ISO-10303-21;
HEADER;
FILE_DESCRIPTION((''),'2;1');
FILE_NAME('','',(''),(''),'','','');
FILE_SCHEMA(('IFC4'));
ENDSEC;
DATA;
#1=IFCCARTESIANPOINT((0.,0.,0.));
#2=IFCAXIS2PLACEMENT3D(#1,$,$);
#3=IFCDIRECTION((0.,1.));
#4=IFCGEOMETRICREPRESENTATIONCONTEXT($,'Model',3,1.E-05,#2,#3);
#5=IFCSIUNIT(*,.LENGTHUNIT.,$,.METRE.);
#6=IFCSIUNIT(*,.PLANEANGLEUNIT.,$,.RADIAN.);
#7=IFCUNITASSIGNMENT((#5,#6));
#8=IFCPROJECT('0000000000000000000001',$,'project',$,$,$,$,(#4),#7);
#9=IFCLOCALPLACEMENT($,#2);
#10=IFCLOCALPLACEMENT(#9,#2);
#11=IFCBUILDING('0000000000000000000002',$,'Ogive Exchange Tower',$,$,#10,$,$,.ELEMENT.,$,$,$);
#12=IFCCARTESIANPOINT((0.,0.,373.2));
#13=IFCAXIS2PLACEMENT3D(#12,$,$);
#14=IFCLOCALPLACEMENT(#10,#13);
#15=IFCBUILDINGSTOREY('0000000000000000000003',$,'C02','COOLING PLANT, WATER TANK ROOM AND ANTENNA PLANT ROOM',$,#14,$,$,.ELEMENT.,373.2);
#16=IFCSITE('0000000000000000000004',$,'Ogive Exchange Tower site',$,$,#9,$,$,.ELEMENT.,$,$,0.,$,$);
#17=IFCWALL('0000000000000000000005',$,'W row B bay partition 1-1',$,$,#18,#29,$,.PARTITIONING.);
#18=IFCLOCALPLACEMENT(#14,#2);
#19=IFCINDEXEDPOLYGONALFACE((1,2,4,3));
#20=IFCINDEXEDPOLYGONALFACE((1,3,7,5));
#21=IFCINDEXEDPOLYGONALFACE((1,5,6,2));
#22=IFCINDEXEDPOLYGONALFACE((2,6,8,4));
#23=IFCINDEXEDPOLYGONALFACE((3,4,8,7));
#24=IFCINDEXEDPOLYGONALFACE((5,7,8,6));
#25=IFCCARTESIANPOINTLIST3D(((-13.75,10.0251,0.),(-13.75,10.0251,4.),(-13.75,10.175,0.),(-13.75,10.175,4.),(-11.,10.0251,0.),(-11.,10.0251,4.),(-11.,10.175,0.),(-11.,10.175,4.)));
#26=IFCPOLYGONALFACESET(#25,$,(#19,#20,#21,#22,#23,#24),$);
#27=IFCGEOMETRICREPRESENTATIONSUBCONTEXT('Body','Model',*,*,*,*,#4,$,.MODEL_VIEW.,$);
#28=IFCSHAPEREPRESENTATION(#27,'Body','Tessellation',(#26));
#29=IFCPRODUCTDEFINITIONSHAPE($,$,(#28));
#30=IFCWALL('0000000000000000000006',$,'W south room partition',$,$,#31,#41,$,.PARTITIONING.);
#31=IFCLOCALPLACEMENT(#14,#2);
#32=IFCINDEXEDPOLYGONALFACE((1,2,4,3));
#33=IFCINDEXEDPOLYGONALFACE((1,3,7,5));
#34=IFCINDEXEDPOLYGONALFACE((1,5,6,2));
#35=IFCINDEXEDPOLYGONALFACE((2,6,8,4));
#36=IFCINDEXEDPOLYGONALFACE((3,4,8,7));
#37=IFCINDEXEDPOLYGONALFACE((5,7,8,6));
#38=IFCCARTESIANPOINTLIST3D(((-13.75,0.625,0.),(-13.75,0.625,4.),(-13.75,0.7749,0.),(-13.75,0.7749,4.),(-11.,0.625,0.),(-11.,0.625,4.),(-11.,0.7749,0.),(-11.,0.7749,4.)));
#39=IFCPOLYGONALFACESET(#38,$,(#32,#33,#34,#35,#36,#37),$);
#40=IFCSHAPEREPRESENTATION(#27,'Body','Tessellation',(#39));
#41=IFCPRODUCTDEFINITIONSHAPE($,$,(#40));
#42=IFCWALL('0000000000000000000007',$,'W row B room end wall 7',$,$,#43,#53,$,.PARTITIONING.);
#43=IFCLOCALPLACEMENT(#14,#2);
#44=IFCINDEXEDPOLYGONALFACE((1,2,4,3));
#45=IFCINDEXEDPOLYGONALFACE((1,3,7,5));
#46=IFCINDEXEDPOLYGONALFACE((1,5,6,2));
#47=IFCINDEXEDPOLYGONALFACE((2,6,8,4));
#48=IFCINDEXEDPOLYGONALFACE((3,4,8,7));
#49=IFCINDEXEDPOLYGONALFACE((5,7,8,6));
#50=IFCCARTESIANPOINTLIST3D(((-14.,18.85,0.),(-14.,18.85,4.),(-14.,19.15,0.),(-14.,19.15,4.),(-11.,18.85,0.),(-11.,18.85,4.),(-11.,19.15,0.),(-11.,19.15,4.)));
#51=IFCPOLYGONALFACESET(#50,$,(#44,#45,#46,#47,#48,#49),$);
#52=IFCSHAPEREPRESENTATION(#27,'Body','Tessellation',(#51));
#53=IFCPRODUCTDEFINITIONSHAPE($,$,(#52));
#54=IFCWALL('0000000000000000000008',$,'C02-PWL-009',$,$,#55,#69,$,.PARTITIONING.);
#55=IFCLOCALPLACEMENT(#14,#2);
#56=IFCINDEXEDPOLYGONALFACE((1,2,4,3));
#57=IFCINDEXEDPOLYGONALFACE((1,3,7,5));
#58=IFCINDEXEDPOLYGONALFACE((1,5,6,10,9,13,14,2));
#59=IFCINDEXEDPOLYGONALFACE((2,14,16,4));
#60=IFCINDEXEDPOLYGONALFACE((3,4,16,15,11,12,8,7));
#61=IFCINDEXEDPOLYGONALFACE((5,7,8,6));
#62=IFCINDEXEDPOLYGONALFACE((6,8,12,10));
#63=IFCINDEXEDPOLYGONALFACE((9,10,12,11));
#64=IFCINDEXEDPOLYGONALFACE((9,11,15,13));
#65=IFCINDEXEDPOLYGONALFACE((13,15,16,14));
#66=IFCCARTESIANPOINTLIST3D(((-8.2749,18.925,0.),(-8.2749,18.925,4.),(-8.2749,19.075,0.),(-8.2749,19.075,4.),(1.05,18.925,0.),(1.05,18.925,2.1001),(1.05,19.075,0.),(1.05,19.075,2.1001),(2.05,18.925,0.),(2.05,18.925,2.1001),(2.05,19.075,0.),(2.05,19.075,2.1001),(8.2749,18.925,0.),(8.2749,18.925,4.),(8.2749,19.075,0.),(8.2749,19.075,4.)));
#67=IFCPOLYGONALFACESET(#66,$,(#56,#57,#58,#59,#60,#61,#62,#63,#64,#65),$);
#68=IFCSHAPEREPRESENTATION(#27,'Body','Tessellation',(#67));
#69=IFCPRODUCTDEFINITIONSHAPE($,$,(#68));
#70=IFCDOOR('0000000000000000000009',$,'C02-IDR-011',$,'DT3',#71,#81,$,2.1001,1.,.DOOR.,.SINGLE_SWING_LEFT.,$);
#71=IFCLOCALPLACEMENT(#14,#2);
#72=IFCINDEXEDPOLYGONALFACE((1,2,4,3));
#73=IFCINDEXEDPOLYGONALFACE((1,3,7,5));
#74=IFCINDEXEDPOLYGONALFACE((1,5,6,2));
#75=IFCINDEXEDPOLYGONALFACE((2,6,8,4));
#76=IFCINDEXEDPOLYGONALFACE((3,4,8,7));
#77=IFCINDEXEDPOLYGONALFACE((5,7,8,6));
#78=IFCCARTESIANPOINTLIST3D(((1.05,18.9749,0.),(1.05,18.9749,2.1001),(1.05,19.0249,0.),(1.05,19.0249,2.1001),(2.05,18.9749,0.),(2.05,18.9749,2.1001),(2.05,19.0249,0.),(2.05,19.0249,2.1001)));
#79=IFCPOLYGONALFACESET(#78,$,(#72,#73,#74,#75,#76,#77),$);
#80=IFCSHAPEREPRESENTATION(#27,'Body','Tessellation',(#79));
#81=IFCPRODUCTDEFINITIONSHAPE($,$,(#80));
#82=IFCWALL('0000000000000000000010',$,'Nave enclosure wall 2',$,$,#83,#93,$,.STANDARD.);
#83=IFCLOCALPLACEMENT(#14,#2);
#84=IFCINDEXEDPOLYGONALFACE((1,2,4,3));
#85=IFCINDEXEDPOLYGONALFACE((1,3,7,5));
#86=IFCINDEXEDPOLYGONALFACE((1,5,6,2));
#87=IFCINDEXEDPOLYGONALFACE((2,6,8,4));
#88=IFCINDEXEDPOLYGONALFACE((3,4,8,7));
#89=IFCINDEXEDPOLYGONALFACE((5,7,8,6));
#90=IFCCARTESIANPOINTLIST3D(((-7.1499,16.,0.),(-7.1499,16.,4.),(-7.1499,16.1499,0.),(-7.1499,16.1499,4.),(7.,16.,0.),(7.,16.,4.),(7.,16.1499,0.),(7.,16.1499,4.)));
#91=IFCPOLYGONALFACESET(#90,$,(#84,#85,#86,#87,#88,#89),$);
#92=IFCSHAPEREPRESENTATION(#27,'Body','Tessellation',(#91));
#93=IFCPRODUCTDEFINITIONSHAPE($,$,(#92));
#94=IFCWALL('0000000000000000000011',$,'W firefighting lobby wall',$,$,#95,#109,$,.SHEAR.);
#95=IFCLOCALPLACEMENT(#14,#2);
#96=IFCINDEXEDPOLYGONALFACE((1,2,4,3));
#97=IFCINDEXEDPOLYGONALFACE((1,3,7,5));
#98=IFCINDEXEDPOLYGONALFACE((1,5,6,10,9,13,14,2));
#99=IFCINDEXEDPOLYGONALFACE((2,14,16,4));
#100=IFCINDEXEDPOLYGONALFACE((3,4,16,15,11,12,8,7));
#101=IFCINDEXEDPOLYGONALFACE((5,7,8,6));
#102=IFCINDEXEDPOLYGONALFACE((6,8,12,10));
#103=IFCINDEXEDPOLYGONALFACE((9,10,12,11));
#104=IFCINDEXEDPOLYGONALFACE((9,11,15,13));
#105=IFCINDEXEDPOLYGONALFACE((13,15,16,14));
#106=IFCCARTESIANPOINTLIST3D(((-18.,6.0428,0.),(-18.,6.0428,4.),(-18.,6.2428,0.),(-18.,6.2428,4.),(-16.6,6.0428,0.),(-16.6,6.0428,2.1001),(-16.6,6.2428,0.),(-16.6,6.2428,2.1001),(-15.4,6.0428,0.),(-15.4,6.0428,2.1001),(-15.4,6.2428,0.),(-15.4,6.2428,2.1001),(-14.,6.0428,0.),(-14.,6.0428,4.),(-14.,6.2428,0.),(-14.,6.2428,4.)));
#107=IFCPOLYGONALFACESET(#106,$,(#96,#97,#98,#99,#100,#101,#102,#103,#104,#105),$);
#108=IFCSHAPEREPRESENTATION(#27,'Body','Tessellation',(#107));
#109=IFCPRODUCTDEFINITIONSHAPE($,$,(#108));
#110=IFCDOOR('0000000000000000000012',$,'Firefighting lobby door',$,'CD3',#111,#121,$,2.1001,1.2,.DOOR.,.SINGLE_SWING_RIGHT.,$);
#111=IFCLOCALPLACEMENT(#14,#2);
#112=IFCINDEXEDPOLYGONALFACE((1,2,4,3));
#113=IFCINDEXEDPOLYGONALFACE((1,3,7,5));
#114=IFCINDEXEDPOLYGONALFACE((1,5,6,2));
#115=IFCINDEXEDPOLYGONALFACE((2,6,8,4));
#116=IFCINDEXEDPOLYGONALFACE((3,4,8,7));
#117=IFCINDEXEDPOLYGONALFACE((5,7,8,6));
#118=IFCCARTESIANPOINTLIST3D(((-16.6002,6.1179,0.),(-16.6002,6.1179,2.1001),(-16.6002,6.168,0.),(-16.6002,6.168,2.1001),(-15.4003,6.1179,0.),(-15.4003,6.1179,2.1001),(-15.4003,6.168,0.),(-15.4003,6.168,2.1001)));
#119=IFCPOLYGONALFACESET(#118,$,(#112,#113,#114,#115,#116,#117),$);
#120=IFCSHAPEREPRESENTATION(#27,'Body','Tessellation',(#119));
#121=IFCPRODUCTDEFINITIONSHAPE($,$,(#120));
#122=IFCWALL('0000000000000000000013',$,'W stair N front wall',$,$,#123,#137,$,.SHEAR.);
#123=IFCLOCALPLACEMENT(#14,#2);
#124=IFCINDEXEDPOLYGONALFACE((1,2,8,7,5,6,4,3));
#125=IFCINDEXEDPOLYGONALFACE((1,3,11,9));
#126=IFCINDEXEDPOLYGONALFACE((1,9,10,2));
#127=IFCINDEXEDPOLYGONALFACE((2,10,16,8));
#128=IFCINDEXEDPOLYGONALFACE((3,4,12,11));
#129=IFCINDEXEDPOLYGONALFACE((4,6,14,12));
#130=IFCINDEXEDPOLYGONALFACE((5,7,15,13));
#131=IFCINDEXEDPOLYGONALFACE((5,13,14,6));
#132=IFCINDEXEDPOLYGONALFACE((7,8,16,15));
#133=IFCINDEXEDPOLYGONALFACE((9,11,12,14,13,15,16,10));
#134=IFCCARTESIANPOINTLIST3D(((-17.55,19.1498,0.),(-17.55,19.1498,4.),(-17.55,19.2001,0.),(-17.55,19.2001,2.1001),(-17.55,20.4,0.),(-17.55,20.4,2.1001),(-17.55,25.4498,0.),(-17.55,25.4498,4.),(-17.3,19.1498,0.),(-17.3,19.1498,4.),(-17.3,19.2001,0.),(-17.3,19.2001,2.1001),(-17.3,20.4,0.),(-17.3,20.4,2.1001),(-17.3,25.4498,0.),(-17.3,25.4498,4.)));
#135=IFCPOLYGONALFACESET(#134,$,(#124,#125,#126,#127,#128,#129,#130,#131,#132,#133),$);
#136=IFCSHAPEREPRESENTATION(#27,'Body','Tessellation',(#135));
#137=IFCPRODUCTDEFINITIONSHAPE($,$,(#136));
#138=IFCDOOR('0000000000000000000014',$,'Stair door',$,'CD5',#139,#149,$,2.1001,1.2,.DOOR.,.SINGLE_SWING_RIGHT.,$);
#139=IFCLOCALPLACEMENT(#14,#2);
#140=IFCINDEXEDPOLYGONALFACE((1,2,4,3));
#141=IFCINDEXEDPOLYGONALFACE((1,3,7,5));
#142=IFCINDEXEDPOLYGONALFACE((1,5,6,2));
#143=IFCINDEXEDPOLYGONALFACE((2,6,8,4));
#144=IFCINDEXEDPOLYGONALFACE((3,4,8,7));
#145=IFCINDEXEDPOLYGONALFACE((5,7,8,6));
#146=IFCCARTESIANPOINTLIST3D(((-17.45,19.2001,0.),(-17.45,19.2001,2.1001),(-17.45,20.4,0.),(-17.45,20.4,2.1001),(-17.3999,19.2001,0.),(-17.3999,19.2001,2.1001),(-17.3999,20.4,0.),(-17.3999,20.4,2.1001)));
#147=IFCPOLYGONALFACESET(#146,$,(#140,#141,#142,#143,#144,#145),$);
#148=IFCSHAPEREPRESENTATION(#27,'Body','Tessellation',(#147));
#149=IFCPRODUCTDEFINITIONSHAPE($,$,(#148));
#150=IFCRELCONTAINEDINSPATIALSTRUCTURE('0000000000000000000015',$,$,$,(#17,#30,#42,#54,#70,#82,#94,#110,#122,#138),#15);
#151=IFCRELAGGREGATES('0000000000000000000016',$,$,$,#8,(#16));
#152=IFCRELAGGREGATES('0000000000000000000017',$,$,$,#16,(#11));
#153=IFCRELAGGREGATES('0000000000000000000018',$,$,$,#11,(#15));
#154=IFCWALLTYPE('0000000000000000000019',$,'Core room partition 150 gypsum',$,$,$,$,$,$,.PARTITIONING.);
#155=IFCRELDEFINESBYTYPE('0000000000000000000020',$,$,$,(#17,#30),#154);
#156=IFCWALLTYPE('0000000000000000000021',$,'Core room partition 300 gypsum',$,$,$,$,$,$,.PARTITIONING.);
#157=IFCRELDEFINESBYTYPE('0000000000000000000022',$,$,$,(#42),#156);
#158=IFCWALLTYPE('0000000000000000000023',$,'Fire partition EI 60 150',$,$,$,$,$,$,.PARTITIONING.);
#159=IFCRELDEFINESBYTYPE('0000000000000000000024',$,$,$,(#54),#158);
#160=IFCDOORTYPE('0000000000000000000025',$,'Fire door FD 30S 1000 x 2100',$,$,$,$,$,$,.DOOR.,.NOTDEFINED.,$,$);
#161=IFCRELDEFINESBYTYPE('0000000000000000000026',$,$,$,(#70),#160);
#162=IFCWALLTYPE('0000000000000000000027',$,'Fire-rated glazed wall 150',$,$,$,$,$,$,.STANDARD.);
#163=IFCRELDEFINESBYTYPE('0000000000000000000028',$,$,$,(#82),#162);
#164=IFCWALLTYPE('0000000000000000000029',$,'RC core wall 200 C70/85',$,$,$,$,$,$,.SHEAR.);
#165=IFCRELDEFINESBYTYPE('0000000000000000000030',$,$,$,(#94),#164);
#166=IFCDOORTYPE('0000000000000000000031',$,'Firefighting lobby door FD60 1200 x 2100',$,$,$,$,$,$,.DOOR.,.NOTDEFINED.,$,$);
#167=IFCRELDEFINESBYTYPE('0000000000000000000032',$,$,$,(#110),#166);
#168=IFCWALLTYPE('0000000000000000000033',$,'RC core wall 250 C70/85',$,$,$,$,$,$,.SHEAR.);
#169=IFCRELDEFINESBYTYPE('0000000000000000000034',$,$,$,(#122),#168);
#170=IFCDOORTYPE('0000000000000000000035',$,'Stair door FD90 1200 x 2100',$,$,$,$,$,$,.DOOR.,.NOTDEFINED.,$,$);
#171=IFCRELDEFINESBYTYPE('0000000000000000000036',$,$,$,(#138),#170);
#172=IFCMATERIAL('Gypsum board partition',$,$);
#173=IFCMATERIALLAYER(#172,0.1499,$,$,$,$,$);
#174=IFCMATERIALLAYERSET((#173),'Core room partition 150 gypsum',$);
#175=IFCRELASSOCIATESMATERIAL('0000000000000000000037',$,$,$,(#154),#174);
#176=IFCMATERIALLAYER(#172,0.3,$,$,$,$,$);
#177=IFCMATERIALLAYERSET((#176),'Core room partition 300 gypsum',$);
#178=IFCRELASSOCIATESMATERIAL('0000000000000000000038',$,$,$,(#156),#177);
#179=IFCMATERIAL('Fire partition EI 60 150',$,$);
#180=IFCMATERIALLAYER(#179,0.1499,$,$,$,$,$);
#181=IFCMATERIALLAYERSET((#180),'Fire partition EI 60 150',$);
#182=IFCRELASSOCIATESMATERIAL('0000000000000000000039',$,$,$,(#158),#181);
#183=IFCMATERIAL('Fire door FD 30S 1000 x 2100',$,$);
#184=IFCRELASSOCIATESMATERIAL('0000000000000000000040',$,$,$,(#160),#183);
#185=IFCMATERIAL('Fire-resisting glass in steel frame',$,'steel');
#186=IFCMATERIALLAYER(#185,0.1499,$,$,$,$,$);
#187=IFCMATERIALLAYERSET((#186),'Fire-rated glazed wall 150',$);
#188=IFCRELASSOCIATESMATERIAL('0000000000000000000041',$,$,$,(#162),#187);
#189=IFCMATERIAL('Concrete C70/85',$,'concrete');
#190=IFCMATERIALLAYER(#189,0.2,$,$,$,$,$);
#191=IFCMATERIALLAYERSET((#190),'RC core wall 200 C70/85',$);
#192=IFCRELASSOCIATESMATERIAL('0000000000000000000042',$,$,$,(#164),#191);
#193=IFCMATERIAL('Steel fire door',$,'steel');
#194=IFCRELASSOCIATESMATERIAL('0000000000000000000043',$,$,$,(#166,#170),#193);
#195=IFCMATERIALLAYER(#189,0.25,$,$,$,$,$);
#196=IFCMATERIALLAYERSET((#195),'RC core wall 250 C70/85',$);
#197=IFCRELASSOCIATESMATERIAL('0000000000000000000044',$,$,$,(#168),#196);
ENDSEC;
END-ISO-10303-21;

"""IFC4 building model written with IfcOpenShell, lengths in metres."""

from ifc_helpers import new_model, si_unit, direction, frame, frame_2d, origin, place, context, subcontext, project, spatial, rectangle, extrude, material, layer, layer_set, type_object, element, fill, save


model = new_model("IFC4")

# Units and contexts
model_context = context("Model", 3, precision=1e-05, world=origin(), true_north=direction((0.0, 1.0)))
body_context = subcontext(model_context, "Body", "Model", "MODEL_VIEW")
ifc_project = project(units=[si_unit("LENGTHUNIT", "METRE"), si_unit("PLANEANGLEUNIT", "RADIAN")], contexts=[model_context])

# Site, building, storey
site_placement = place(None, origin())
site = spatial("IfcSite", under=ifc_project, at=site_placement, Name="Ogive Exchange Tower site", CompositionType="ELEMENT", RefElevation=0.0)
building_placement = place(site_placement, origin())
building = spatial("IfcBuilding", under=site, at=building_placement, Name="Ogive Exchange Tower", CompositionType="ELEMENT")
storey_placement = place(building_placement, frame((0.0, 0.0, 373.2)))
storey = spatial("IfcBuildingStorey", under=building, at=storey_placement, Name="C02", Description="COOLING PLANT, WATER TANK ROOM AND ANTENNA PLANT ROOM", CompositionType="ELEMENT", Elevation=373.2)

# Shared definitions
ifc_material_1 = material(Name="Concrete C70/85", Category="concrete")

# Walls
ifc_material_2 = material(Name="Gypsum board partition")
ifc_layer_1 = layer(ifc_material_2, 0.1499)
ifc_layer_set_1 = layer_set([ifc_layer_1], Name="Core room partition 150 gypsum")
wall_type_1 = type_object("IfcWallType", Name="Core room partition 150 gypsum", PredefinedType="PARTITIONING", material=ifc_layer_set_1)
for number, where, z_axis, x_axis, name in (
    (1, (-13.75, 10.1001, 0.0), (0.0, 0.0, 1.0), (1.0, 0.0, 0.0), "W row B bay partition 1-1"),
    (2, (-13.75, 0.7, 0.0), (0.0, 0.0, 1.0), (1.0, 0.0, 0.0), "W south room partition"),
):
    element("IfcWall", number, at=place(storey_placement, frame(where, z_axis=z_axis, x_axis=x_axis)), inside=storey, type_object=wall_type_1, Name=name, PredefinedType="PARTITIONING", context=body_context, shape_type="SweptSolid", body=[
        extrude(rectangle(XDim=2.75, YDim=0.1499, at=frame_2d((1.375, 0.0))), origin(), (0.0, 0.0, 1.0), 4.0),
    ])
ifc_layer_2 = layer(ifc_material_2, 0.3)
ifc_layer_set_2 = layer_set([ifc_layer_2], Name="Core room partition 300 gypsum")
wall_type_2 = type_object("IfcWallType", Name="Core room partition 300 gypsum", PredefinedType="PARTITIONING", material=ifc_layer_set_2)
wall_1_placement = place(storey_placement, frame((-14.0, 19.0, 0.0), z_axis=(0.0, 0.0, 1.0), x_axis=(1.0, 0.0, 0.0)))
element("IfcWall", 3, at=wall_1_placement, inside=storey, type_object=wall_type_2, Name="W row B room end wall 7", PredefinedType="PARTITIONING", context=body_context, shape_type="SweptSolid", body=[
    extrude(rectangle(XDim=3.0, YDim=0.3, at=frame_2d((1.5, 0.0))), origin(), (0.0, 0.0, 1.0), 4.0),
])

# Wall, opening, door
ifc_material_3 = material(Name="Fire partition EI 60 150")
ifc_layer_3 = layer(ifc_material_3, 0.1499)
ifc_layer_set_3 = layer_set([ifc_layer_3], Name="Fire partition EI 60 150")
wall_type_3 = type_object("IfcWallType", Name="Fire partition EI 60 150", PredefinedType="PARTITIONING", material=ifc_layer_set_3)
wall_2_placement = place(storey_placement, frame((-8.2749, 19.0, 0.0), z_axis=(0.0, 0.0, 1.0), x_axis=(1.0, 0.0, 0.0)))
wall_2 = element("IfcWall", 4, at=wall_2_placement, inside=storey, type_object=wall_type_3, Name="C02-PWL-009", PredefinedType="PARTITIONING", context=body_context, shape_type="SweptSolid", body=[
    extrude(rectangle(XDim=16.5498, YDim=0.1499, at=frame_2d((8.2749, 0.0))), origin(), (0.0, 0.0, 1.0), 4.0),
])
opening_1_placement = place(wall_2_placement, frame((9.325, 0.0, 0.0)))
opening_1 = element("IfcOpeningElement", 5, at=opening_1_placement, cuts=wall_2, PredefinedType="OPENING", context=body_context, shape_type="SweptSolid", body=[
    extrude(rectangle(XDim=1.0, YDim=2.1001, at=frame_2d((0.5, 1.05))), frame((0.0, 0.085, 0.0), z_axis=(0.0, -1.0, 0.0), x_axis=(1.0, 0.0, 0.0)), (0.0, 0.0, 1.0), 0.1699),
])
ifc_material_4 = material(Name="Fire door FD 30S 1000 x 2100")
door_type_1 = type_object("IfcDoorType", Name="Fire door FD 30S 1000 x 2100", OperationType="NOTDEFINED", PredefinedType="DOOR", material=ifc_material_4)
door_1_placement = place(opening_1_placement, origin())
door_1 = element("IfcDoor", 6, at=door_1_placement, inside=storey, type_object=door_type_1, Name="C02-IDR-011", ObjectType="DT3", OperationType="SINGLE_SWING_LEFT", OverallHeight=2.1001, OverallWidth=1.0, PredefinedType="DOOR", context=body_context, shape_type="SweptSolid", body=[
    extrude(rectangle(XDim=1.0, YDim=2.1001, at=frame_2d((0.5, 1.05))), frame((0.0, 0.0249, 0.0), z_axis=(0.0, -1.0, 0.0), x_axis=(1.0, 0.0, 0.0)), (0.0, 0.0, 1.0), 0.05),
])
fill(opening_1, door_1)

# Wall
ifc_material_5 = material(Name="Fire-resisting glass in steel frame", Category="steel")
ifc_layer_4 = layer(ifc_material_5, 0.1499)
ifc_layer_set_4 = layer_set([ifc_layer_4], Name="Fire-rated glazed wall 150")
wall_type_4 = type_object("IfcWallType", Name="Fire-rated glazed wall 150", PredefinedType="STANDARD", material=ifc_layer_set_4)
wall_3_placement = place(storey_placement, frame((-7.1499, 16.075, 0.0), z_axis=(0.0, 0.0, 1.0), x_axis=(1.0, 0.0, 0.0)))
element("IfcWall", 7, at=wall_3_placement, inside=storey, type_object=wall_type_4, Name="Nave enclosure wall 2", PredefinedType="STANDARD", context=body_context, shape_type="SweptSolid", body=[
    extrude(rectangle(XDim=14.1499, YDim=0.1499, at=frame_2d((7.075, 0.0))), origin(), (0.0, 0.0, 1.0), 4.0),
])

# Walls, openings, doors
ifc_layer_5 = layer(ifc_material_1, 0.2)
ifc_layer_set_5 = layer_set([ifc_layer_5], Name="RC core wall 200 C70/85")
wall_type_5 = type_object("IfcWallType", Name="RC core wall 200 C70/85", PredefinedType="SHEAR", material=ifc_layer_set_5)
wall_4_placement = place(storey_placement, frame((-18.0, 6.1428, 0.0), z_axis=(0.0, 0.0, 1.0), x_axis=(1.0, 0.0, 0.0)))
wall_4 = element("IfcWall", 8, at=wall_4_placement, inside=storey, type_object=wall_type_5, Name="W firefighting lobby wall", PredefinedType="SHEAR", context=body_context, shape_type="SweptSolid", body=[
    extrude(rectangle(XDim=4.0, YDim=0.2, at=frame_2d((2.0, 0.0))), origin(), (0.0, 0.0, 1.0), 4.0),
])
opening_2_placement = place(wall_4_placement, frame((1.3999, 0.0, 0.0)))
opening_2 = element("IfcOpeningElement", 9, at=opening_2_placement, cuts=wall_4, PredefinedType="OPENING", context=body_context, shape_type="SweptSolid", body=[
    extrude(rectangle(XDim=1.2, YDim=2.1001, at=frame_2d((0.6001, 1.05))), frame((0.0, 0.1099, 0.0), z_axis=(0.0, -1.0, 0.0), x_axis=(1.0, 0.0, 0.0)), (0.0, 0.0, 1.0), 0.22),
])
ifc_material_6 = material(Name="Steel fire door", Category="steel")
door_type_2 = type_object("IfcDoorType", Name="Firefighting lobby door FD60 1200 x 2100", OperationType="NOTDEFINED", PredefinedType="DOOR", material=ifc_material_6)
door_2_placement = place(opening_2_placement, frame((1.2, 0.0, 0.0), z_axis=(0.0, 0.0, 1.0), x_axis=(-1.0, 0.0, 0.0)))
door_2 = element("IfcDoor", 10, at=door_2_placement, inside=storey, type_object=door_type_2, Name="Firefighting lobby door", ObjectType="CD3", OperationType="SINGLE_SWING_RIGHT", OverallHeight=2.1001, OverallWidth=1.2, PredefinedType="DOOR", context=body_context, shape_type="SweptSolid", body=[
    extrude(rectangle(XDim=1.2, YDim=2.1001, at=frame_2d((0.6001, 1.05))), frame((0.0, 0.0249, 0.0), z_axis=(0.0, -1.0, 0.0), x_axis=(1.0, 0.0, 0.0)), (0.0, 0.0, 1.0), 0.05),
])
fill(opening_2, door_2)
ifc_layer_6 = layer(ifc_material_1, 0.25)
ifc_layer_set_6 = layer_set([ifc_layer_6], Name="RC core wall 250 C70/85")
wall_type_6 = type_object("IfcWallType", Name="RC core wall 250 C70/85", PredefinedType="SHEAR", material=ifc_layer_set_6)
wall_5_placement = place(storey_placement, frame((-17.425, 19.1499, 0.0), z_axis=(0.0, 0.0, 1.0), x_axis=(0.0, 1.0, 0.0)))
wall_5 = element("IfcWall", 11, at=wall_5_placement, inside=storey, type_object=wall_type_6, Name="W stair N front wall", PredefinedType="SHEAR", context=body_context, shape_type="SweptSolid", body=[
    extrude(rectangle(XDim=6.3, YDim=0.25, at=frame_2d((3.1499, 0.0))), origin(), (0.0, 0.0, 1.0), 4.0),
])
opening_3_placement = place(wall_5_placement, frame((0.05, 0.0, 0.0)))
opening_3 = element("IfcOpeningElement", 12, at=opening_3_placement, cuts=wall_5, PredefinedType="OPENING", context=body_context, shape_type="SweptSolid", body=[
    extrude(rectangle(XDim=1.2, YDim=2.1001, at=frame_2d((0.6001, 1.05))), frame((0.0, 0.135, 0.0), z_axis=(0.0, -1.0, 0.0), x_axis=(1.0, 0.0, 0.0)), (0.0, 0.0, 1.0), 0.27),
])
door_type_3 = type_object("IfcDoorType", Name="Stair door FD90 1200 x 2100", OperationType="NOTDEFINED", PredefinedType="DOOR", material=ifc_material_6)
door_3_placement = place(opening_3_placement, origin())
door_3 = element("IfcDoor", 13, at=door_3_placement, inside=storey, type_object=door_type_3, Name="Stair door", ObjectType="CD5", OperationType="SINGLE_SWING_RIGHT", OverallHeight=2.1001, OverallWidth=1.2, PredefinedType="DOOR", context=body_context, shape_type="SweptSolid", body=[
    extrude(rectangle(XDim=1.2, YDim=2.1001, at=frame_2d((0.6001, 1.05))), frame((0.0, 0.0249, 0.0), z_axis=(0.0, -1.0, 0.0), x_axis=(1.0, 0.0, 0.0)), (0.0, 0.0, 1.0), 0.05),
])
fill(opening_3, door_3)

save(model, "model.ifc")
